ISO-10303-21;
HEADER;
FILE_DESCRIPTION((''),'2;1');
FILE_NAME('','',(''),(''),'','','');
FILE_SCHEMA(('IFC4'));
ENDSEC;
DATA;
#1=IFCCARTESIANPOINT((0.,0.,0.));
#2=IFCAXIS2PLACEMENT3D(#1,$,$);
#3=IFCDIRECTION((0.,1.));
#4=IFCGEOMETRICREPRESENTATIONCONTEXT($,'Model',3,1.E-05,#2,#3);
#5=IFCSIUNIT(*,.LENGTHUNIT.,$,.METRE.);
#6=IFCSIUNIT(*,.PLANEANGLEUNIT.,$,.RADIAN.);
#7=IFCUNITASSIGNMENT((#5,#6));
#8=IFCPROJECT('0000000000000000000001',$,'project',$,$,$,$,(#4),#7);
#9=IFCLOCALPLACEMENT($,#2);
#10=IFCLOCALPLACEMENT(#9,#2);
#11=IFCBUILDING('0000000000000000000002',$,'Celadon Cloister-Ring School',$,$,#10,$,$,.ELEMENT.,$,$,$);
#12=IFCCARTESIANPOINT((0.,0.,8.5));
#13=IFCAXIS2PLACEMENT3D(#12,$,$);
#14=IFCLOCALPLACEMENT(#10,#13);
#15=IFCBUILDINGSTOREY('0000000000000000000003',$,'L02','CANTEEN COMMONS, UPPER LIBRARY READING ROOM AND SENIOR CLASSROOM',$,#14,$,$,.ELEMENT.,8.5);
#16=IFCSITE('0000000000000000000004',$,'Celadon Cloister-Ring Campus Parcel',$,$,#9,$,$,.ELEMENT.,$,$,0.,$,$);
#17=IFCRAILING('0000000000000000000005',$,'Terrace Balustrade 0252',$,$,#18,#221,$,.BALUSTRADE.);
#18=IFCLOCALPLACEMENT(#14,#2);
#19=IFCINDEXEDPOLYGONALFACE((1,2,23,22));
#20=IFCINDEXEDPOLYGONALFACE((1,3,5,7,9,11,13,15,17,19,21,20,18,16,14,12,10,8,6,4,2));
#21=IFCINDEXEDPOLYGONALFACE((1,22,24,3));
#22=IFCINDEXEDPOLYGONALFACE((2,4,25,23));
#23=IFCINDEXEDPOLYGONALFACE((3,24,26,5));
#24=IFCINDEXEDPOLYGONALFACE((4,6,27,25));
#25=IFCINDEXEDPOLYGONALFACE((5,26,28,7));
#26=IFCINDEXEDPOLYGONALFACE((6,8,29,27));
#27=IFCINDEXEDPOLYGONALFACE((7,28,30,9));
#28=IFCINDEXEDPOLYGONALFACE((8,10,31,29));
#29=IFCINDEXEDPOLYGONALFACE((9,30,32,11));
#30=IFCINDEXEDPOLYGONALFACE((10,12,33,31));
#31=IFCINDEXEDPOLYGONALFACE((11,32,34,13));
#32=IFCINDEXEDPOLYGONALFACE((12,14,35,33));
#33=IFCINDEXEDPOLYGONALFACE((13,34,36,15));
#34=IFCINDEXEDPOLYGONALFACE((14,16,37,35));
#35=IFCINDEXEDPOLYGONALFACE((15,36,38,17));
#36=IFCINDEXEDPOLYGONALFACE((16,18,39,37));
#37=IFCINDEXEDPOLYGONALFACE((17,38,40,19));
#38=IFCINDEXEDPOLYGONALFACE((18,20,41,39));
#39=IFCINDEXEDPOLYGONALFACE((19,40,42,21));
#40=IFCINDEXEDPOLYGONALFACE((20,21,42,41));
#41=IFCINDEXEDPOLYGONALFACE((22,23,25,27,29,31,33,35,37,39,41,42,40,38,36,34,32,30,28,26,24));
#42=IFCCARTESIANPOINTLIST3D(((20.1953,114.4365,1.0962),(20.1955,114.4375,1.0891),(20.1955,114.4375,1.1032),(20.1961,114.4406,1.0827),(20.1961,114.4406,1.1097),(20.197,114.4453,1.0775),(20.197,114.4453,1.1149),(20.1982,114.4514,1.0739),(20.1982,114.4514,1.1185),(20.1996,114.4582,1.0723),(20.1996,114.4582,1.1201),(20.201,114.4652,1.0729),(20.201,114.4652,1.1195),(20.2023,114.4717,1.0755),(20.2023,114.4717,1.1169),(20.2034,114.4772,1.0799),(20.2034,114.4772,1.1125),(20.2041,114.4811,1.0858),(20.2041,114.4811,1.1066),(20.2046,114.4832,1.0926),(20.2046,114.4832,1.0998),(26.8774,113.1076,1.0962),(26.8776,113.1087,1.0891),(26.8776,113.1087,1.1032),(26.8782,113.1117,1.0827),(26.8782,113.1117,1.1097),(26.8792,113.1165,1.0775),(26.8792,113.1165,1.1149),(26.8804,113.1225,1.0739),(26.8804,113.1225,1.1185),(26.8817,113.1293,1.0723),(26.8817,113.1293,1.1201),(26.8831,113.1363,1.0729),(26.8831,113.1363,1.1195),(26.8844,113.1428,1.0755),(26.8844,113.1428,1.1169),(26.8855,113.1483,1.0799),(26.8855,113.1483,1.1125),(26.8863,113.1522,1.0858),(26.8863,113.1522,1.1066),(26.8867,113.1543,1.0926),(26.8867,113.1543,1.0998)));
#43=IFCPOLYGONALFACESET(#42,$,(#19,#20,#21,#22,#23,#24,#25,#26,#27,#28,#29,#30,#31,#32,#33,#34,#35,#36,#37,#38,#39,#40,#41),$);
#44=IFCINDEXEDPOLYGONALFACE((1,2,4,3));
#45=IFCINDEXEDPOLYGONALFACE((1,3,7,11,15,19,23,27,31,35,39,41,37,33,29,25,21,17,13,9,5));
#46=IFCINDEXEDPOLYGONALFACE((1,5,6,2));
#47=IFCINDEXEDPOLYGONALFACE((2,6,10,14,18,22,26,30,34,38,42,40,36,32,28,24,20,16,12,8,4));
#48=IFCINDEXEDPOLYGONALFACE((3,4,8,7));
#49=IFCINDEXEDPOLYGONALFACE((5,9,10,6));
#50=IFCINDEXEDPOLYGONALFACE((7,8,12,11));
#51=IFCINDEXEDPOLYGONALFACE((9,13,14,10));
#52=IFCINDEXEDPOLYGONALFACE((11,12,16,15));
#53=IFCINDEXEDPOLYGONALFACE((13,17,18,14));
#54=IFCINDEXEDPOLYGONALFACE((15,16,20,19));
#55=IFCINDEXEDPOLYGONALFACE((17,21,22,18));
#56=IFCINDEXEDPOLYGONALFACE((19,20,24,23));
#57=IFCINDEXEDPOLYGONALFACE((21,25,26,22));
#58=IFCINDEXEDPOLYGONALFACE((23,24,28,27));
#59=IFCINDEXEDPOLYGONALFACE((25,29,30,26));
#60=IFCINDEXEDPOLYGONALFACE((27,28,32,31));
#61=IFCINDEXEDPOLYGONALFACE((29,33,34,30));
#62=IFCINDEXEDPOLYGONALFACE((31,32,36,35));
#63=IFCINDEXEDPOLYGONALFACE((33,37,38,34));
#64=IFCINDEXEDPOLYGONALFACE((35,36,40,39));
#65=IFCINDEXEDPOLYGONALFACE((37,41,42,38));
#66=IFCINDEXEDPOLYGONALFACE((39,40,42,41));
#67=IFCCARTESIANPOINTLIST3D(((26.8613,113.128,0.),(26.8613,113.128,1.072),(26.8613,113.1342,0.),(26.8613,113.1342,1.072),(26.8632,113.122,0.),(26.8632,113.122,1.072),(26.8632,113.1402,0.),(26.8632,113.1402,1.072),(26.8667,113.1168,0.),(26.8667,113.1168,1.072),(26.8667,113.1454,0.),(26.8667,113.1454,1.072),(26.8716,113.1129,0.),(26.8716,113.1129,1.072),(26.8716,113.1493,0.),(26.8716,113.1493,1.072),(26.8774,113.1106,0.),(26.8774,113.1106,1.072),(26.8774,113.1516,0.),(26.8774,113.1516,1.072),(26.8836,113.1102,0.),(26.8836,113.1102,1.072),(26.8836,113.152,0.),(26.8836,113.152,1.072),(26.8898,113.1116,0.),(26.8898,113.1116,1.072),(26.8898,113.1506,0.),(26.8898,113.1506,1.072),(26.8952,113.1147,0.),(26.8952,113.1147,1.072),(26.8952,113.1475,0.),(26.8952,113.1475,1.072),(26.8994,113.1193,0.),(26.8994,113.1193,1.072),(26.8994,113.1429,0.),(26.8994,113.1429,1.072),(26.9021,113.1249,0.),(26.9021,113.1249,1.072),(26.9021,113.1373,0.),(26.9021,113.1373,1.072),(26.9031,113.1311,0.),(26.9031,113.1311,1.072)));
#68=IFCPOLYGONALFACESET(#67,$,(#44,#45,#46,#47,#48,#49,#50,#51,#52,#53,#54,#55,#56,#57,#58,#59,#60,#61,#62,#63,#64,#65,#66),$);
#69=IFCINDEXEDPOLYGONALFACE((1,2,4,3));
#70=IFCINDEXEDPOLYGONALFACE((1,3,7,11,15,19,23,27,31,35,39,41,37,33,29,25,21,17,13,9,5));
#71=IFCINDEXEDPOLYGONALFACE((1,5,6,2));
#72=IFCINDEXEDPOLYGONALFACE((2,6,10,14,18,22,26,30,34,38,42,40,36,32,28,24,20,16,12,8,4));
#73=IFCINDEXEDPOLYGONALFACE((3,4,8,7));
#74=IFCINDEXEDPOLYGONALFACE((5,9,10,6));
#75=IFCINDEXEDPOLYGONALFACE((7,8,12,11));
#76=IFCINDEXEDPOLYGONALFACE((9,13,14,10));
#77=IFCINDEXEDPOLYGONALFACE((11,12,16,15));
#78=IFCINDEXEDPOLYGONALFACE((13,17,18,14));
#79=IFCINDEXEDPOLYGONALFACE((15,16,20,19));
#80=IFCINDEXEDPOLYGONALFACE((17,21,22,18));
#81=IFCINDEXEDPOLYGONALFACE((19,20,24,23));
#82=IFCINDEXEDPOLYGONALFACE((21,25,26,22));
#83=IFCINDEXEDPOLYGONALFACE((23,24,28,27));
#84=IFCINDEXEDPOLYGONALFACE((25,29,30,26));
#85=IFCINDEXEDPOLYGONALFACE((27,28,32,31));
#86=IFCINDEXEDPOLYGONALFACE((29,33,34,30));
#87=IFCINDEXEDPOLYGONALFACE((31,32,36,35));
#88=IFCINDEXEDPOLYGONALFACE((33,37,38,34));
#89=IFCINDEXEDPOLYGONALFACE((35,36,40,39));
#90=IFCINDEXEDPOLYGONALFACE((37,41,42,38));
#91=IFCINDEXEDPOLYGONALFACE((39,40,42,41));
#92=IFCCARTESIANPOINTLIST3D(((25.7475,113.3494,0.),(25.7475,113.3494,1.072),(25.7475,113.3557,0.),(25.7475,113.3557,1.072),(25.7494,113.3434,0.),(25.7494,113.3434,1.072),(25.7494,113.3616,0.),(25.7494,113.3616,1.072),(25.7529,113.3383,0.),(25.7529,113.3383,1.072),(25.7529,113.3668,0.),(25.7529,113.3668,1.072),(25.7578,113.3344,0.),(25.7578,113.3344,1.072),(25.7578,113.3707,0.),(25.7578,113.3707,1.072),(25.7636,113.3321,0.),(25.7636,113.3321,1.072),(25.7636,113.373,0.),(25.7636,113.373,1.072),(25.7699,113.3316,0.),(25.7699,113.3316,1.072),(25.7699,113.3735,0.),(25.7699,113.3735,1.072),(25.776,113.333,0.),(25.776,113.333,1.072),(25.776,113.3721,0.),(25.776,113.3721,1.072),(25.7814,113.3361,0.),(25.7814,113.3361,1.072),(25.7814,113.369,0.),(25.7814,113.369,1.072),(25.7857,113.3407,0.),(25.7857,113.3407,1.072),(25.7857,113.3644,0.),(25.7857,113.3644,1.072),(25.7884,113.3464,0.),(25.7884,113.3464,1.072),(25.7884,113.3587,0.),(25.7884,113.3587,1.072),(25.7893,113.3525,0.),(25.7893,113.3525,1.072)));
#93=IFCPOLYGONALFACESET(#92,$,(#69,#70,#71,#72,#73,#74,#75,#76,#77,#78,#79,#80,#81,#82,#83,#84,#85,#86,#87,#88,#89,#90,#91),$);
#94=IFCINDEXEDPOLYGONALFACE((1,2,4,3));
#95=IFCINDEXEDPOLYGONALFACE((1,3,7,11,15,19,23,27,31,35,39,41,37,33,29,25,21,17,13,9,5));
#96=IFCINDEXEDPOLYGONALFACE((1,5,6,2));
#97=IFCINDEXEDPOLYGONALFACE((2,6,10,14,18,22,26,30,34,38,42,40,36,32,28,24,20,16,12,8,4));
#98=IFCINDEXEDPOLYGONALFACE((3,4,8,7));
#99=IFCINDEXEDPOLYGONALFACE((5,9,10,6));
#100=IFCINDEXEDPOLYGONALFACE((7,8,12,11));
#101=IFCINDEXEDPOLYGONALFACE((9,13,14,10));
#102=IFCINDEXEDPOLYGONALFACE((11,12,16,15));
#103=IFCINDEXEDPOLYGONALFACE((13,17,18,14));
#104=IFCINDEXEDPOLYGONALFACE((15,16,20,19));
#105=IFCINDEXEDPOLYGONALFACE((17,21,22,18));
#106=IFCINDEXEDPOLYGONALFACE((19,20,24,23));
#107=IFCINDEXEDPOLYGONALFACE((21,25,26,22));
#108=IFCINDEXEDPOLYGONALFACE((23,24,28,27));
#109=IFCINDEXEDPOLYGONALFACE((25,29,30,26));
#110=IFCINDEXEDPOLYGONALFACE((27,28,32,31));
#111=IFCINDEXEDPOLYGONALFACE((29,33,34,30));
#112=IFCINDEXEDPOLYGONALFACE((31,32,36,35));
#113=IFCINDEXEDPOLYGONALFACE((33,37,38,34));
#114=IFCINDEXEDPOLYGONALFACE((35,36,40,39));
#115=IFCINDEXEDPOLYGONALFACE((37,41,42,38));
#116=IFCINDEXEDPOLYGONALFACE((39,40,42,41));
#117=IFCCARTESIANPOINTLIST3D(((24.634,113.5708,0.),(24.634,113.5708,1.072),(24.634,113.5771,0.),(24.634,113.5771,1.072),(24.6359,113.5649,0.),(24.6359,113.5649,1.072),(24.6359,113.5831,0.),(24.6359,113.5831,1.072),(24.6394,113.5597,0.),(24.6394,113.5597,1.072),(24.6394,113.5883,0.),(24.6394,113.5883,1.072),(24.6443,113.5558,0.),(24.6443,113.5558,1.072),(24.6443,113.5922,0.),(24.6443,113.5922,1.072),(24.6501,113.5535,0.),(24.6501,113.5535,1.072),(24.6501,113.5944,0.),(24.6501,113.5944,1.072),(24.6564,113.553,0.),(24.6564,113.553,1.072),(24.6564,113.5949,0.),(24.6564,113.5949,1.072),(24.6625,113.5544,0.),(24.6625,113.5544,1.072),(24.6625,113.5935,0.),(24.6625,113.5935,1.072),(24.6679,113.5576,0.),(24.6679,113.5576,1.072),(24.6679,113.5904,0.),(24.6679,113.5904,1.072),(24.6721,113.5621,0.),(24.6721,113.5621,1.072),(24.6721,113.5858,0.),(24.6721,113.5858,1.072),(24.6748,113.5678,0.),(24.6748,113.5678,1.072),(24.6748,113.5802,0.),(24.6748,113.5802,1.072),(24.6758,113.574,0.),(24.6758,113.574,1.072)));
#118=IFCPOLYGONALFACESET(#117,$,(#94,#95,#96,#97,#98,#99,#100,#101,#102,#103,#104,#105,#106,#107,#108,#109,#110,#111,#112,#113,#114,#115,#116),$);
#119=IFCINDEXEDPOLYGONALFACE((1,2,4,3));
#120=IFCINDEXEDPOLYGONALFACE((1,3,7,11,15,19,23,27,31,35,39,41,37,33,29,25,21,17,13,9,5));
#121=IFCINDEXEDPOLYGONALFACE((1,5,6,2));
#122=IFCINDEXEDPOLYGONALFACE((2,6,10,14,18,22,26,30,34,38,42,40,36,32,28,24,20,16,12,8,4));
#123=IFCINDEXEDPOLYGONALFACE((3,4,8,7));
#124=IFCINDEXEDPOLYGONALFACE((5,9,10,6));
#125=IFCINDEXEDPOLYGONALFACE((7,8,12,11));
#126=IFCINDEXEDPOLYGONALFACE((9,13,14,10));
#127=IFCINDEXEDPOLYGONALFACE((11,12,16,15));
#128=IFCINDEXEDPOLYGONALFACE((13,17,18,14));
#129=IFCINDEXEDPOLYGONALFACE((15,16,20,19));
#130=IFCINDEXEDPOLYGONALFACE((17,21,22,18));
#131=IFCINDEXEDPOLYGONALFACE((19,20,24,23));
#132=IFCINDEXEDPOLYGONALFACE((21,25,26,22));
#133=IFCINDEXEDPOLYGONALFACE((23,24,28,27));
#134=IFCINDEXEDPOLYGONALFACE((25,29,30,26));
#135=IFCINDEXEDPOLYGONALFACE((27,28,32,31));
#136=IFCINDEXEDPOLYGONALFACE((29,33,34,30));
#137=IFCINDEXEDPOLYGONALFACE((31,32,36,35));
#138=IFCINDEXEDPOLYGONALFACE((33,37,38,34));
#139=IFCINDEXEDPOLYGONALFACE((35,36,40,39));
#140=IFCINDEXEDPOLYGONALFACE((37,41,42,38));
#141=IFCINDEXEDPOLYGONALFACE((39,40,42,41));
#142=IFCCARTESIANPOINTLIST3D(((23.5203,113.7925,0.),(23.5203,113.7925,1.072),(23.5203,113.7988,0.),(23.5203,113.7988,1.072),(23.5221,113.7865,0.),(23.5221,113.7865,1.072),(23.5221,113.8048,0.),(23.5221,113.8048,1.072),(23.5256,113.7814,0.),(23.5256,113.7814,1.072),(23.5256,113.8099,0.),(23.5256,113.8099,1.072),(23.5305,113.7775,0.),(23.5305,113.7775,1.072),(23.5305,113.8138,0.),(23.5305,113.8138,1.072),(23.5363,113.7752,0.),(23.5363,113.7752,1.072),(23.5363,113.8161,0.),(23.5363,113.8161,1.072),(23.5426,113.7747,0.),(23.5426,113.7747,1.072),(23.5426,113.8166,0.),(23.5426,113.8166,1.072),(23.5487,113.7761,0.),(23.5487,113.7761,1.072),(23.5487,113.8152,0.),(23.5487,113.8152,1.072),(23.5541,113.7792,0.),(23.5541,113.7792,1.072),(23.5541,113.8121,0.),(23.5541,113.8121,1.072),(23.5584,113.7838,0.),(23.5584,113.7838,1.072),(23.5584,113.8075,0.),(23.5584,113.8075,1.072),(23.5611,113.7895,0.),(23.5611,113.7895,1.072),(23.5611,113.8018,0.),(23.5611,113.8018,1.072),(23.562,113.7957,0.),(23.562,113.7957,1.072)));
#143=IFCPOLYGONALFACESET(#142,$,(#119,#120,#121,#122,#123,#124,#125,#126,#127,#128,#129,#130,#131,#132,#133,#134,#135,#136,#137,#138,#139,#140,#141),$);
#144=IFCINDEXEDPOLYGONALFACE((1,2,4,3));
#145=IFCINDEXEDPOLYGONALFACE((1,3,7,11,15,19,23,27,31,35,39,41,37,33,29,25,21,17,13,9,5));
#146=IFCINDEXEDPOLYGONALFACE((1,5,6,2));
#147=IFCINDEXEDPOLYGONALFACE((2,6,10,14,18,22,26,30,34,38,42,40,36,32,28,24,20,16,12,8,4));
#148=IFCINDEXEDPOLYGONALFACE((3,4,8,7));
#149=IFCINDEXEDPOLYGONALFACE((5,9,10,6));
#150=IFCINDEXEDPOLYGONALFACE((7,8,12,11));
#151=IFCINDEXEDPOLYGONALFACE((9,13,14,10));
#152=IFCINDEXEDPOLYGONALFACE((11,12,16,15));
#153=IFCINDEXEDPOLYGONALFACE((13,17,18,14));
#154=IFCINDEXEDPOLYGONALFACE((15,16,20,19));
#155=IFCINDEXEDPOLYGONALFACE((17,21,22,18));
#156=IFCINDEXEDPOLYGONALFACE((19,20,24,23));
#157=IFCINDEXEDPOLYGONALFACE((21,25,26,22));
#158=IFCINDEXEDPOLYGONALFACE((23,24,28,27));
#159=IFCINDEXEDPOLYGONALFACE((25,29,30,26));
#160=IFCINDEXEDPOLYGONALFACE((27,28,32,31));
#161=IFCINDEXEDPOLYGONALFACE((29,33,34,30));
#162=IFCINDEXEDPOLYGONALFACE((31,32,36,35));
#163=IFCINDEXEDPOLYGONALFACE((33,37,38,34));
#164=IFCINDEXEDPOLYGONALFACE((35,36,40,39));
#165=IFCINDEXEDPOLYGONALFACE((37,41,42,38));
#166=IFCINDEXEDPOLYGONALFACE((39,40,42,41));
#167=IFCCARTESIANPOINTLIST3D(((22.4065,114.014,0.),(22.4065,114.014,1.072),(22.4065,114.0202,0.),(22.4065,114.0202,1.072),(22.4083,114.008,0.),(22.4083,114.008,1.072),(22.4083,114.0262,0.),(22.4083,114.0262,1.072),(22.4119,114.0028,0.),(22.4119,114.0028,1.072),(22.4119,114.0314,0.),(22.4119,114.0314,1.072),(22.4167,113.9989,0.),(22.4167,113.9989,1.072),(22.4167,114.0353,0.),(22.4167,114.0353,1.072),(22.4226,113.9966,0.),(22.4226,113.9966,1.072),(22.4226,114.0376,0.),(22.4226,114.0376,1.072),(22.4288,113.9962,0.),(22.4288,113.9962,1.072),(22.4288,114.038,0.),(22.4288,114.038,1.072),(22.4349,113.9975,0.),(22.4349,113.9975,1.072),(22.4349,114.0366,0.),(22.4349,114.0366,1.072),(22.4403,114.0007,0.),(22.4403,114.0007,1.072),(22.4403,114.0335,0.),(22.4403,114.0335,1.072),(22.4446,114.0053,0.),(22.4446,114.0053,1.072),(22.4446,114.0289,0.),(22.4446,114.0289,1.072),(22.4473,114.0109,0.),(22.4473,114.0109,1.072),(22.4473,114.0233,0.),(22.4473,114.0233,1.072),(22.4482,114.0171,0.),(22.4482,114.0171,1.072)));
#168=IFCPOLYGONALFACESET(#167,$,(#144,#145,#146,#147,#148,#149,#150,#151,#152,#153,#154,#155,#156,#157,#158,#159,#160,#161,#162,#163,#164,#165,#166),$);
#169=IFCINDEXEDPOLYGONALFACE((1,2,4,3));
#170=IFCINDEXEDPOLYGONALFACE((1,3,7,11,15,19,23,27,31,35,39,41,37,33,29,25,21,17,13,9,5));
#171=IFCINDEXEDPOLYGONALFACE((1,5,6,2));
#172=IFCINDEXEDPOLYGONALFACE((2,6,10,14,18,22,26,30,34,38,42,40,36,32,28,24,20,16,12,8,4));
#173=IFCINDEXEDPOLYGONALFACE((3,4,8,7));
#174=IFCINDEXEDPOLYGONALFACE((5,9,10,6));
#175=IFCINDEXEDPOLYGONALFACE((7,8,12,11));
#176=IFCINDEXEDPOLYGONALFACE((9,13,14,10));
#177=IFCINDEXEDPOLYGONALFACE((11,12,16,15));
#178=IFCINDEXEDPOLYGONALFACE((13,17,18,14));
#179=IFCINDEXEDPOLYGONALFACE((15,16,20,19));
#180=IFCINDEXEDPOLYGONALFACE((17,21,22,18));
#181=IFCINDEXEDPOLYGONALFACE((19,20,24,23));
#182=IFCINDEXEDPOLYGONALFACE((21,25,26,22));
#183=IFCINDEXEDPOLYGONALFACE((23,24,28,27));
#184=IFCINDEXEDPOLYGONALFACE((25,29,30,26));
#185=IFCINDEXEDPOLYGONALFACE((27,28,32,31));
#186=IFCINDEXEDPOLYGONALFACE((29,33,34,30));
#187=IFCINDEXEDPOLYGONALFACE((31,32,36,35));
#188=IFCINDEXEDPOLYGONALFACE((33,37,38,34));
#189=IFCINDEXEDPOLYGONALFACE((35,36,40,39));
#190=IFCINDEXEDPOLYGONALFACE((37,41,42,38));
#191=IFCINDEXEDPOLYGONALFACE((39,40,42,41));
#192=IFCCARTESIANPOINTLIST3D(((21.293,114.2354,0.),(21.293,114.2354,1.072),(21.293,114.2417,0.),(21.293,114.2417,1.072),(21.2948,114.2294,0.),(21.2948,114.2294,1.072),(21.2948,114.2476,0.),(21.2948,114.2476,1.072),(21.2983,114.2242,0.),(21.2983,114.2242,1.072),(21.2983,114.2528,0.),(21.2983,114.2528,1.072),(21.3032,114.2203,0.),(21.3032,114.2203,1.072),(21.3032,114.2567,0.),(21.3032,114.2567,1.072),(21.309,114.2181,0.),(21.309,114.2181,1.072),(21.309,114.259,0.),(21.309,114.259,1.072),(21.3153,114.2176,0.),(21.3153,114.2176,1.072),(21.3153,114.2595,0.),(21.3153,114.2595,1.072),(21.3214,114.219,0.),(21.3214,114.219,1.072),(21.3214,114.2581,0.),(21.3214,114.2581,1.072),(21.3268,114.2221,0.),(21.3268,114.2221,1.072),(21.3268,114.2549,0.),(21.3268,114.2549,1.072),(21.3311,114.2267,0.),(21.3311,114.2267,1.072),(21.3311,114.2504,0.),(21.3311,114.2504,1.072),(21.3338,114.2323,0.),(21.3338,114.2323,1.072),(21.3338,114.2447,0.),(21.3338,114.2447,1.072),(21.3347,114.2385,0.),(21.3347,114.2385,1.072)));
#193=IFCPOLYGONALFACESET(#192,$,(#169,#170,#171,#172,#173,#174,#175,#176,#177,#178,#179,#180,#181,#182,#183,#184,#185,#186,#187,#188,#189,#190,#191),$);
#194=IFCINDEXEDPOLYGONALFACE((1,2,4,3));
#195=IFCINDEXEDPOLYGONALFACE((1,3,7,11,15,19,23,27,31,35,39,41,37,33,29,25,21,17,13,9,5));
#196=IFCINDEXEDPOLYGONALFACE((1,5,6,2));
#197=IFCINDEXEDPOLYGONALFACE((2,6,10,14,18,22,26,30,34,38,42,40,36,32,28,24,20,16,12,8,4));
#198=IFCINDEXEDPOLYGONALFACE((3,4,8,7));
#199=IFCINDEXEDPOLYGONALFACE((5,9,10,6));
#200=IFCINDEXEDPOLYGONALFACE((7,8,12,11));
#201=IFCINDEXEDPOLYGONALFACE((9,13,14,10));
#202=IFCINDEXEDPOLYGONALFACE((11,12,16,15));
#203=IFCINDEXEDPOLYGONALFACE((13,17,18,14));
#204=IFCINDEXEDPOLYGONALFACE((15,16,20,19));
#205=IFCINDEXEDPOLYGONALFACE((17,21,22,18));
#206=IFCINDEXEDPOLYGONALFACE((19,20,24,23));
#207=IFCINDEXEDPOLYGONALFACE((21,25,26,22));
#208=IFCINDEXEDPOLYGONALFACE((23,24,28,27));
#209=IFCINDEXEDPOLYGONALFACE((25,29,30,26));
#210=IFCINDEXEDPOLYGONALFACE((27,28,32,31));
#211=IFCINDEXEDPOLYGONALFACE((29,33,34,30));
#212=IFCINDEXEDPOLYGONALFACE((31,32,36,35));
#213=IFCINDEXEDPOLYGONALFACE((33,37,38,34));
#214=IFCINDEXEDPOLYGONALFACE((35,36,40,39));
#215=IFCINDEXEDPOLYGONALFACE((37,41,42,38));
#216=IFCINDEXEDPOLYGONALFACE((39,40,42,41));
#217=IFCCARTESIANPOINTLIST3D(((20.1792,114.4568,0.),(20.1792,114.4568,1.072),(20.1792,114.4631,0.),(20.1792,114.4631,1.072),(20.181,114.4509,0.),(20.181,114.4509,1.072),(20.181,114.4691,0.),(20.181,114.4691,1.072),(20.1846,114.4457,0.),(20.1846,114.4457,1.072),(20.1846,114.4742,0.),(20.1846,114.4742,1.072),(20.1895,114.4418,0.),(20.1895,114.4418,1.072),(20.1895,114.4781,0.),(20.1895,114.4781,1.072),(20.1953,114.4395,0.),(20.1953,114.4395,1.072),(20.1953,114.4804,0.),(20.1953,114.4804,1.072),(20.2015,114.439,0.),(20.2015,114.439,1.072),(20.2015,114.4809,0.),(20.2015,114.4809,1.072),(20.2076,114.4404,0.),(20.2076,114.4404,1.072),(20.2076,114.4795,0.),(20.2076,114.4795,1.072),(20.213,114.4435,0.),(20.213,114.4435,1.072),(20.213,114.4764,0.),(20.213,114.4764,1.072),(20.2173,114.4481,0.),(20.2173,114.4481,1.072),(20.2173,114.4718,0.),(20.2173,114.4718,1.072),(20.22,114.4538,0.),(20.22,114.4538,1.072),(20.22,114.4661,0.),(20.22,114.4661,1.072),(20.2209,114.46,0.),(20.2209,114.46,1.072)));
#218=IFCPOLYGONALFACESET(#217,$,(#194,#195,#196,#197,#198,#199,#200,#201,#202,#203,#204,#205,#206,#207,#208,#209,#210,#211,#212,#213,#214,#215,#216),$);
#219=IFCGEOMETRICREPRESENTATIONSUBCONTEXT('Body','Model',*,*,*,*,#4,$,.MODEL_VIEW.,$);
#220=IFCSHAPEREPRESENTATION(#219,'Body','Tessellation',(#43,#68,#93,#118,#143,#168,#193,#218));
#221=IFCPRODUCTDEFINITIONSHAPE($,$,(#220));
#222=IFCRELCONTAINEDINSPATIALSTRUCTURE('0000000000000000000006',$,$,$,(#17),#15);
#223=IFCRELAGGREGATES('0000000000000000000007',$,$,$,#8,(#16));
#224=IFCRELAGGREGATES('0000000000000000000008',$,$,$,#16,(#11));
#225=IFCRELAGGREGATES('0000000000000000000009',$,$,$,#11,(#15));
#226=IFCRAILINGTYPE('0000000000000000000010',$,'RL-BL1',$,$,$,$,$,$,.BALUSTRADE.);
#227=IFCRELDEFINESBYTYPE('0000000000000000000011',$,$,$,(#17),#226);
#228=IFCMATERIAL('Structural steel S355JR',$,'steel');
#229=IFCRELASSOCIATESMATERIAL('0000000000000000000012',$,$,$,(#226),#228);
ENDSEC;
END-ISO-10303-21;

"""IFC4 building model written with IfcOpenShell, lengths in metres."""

from ifc_helpers import new_model, si_unit, direction, frame, origin, origin_2d, place, context, subcontext, project, spatial, circle, extrude, material, type_object, element, save


model = new_model("IFC4")

# Units and contexts
model_context = context("Model", 3, precision=1e-05, world=origin(), true_north=direction((0.0, 1.0)))
body_context = subcontext(model_context, "Body", "Model", "MODEL_VIEW")
ifc_project = project(units=[si_unit("LENGTHUNIT", "METRE"), si_unit("PLANEANGLEUNIT", "RADIAN")], contexts=[model_context])

# Site, building, storey
site_placement = place(None, origin())
site = spatial("IfcSite", under=ifc_project, at=site_placement, Name="Celadon Cloister-Ring Campus Parcel", CompositionType="ELEMENT", RefElevation=0.0)
building_placement = place(site_placement, origin())
building = spatial("IfcBuilding", under=site, at=building_placement, Name="Celadon Cloister-Ring School", CompositionType="ELEMENT")
storey_placement = place(building_placement, frame((0.0, 0.0, 8.5)))
storey = spatial("IfcBuildingStorey", under=building, at=storey_placement, Name="L02", Description="CANTEEN COMMONS, UPPER LIBRARY READING ROOM AND SENIOR CLASSROOM", CompositionType="ELEMENT", Elevation=8.5)

# Railing
ifc_material_1 = material(Name="Structural steel S355JR", Category="steel")
railing_type = type_object("IfcRailingType", Name="RL-BL1", PredefinedType="BALUSTRADE", material=ifc_material_1)
railing_placement = place(storey_placement, frame((26.8821, 113.1311, 0.0)))
element("IfcRailing", 1, at=railing_placement, inside=storey, type_object=railing_type, Name="Terrace Balustrade 0252", PredefinedType="BALUSTRADE", context=body_context, shape_type="SweptSolid", body=[
    extrude(circle(Radius=0.0239, at=origin_2d()), frame((0.0, 0.0, 1.0962), z_axis=(-0.980794, 0.195048, 0.0), x_axis=(-0.195048, -0.980794, 0.0)), (0.0, 0.0, 1.0), 6.813),
    extrude(circle(Radius=0.021, at=origin_2d()), origin(), (0.0, 0.0, 1.0), 1.072),
    extrude(circle(Radius=0.021, at=origin_2d()), frame((-1.1138, 0.2214, 0.0)), (0.0, 0.0, 1.0), 1.072),
    extrude(circle(Radius=0.021, at=origin_2d()), frame((-2.2273, 0.4429, 0.0)), (0.0, 0.0, 1.0), 1.072),
    extrude(circle(Radius=0.021, at=origin_2d()), frame((-3.3411, 0.6646, 0.0)), (0.0, 0.0, 1.0), 1.072),
    extrude(circle(Radius=0.021, at=origin_2d()), frame((-4.4548, 0.886, 0.0)), (0.0, 0.0, 1.0), 1.072),
    extrude(circle(Radius=0.021, at=origin_2d()), frame((-5.5684, 1.1074, 0.0)), (0.0, 0.0, 1.0), 1.072),
    extrude(circle(Radius=0.021, at=origin_2d()), frame((-6.6821, 1.3289, 0.0)), (0.0, 0.0, 1.0), 1.072),
])

save(model, "model.ifc")
